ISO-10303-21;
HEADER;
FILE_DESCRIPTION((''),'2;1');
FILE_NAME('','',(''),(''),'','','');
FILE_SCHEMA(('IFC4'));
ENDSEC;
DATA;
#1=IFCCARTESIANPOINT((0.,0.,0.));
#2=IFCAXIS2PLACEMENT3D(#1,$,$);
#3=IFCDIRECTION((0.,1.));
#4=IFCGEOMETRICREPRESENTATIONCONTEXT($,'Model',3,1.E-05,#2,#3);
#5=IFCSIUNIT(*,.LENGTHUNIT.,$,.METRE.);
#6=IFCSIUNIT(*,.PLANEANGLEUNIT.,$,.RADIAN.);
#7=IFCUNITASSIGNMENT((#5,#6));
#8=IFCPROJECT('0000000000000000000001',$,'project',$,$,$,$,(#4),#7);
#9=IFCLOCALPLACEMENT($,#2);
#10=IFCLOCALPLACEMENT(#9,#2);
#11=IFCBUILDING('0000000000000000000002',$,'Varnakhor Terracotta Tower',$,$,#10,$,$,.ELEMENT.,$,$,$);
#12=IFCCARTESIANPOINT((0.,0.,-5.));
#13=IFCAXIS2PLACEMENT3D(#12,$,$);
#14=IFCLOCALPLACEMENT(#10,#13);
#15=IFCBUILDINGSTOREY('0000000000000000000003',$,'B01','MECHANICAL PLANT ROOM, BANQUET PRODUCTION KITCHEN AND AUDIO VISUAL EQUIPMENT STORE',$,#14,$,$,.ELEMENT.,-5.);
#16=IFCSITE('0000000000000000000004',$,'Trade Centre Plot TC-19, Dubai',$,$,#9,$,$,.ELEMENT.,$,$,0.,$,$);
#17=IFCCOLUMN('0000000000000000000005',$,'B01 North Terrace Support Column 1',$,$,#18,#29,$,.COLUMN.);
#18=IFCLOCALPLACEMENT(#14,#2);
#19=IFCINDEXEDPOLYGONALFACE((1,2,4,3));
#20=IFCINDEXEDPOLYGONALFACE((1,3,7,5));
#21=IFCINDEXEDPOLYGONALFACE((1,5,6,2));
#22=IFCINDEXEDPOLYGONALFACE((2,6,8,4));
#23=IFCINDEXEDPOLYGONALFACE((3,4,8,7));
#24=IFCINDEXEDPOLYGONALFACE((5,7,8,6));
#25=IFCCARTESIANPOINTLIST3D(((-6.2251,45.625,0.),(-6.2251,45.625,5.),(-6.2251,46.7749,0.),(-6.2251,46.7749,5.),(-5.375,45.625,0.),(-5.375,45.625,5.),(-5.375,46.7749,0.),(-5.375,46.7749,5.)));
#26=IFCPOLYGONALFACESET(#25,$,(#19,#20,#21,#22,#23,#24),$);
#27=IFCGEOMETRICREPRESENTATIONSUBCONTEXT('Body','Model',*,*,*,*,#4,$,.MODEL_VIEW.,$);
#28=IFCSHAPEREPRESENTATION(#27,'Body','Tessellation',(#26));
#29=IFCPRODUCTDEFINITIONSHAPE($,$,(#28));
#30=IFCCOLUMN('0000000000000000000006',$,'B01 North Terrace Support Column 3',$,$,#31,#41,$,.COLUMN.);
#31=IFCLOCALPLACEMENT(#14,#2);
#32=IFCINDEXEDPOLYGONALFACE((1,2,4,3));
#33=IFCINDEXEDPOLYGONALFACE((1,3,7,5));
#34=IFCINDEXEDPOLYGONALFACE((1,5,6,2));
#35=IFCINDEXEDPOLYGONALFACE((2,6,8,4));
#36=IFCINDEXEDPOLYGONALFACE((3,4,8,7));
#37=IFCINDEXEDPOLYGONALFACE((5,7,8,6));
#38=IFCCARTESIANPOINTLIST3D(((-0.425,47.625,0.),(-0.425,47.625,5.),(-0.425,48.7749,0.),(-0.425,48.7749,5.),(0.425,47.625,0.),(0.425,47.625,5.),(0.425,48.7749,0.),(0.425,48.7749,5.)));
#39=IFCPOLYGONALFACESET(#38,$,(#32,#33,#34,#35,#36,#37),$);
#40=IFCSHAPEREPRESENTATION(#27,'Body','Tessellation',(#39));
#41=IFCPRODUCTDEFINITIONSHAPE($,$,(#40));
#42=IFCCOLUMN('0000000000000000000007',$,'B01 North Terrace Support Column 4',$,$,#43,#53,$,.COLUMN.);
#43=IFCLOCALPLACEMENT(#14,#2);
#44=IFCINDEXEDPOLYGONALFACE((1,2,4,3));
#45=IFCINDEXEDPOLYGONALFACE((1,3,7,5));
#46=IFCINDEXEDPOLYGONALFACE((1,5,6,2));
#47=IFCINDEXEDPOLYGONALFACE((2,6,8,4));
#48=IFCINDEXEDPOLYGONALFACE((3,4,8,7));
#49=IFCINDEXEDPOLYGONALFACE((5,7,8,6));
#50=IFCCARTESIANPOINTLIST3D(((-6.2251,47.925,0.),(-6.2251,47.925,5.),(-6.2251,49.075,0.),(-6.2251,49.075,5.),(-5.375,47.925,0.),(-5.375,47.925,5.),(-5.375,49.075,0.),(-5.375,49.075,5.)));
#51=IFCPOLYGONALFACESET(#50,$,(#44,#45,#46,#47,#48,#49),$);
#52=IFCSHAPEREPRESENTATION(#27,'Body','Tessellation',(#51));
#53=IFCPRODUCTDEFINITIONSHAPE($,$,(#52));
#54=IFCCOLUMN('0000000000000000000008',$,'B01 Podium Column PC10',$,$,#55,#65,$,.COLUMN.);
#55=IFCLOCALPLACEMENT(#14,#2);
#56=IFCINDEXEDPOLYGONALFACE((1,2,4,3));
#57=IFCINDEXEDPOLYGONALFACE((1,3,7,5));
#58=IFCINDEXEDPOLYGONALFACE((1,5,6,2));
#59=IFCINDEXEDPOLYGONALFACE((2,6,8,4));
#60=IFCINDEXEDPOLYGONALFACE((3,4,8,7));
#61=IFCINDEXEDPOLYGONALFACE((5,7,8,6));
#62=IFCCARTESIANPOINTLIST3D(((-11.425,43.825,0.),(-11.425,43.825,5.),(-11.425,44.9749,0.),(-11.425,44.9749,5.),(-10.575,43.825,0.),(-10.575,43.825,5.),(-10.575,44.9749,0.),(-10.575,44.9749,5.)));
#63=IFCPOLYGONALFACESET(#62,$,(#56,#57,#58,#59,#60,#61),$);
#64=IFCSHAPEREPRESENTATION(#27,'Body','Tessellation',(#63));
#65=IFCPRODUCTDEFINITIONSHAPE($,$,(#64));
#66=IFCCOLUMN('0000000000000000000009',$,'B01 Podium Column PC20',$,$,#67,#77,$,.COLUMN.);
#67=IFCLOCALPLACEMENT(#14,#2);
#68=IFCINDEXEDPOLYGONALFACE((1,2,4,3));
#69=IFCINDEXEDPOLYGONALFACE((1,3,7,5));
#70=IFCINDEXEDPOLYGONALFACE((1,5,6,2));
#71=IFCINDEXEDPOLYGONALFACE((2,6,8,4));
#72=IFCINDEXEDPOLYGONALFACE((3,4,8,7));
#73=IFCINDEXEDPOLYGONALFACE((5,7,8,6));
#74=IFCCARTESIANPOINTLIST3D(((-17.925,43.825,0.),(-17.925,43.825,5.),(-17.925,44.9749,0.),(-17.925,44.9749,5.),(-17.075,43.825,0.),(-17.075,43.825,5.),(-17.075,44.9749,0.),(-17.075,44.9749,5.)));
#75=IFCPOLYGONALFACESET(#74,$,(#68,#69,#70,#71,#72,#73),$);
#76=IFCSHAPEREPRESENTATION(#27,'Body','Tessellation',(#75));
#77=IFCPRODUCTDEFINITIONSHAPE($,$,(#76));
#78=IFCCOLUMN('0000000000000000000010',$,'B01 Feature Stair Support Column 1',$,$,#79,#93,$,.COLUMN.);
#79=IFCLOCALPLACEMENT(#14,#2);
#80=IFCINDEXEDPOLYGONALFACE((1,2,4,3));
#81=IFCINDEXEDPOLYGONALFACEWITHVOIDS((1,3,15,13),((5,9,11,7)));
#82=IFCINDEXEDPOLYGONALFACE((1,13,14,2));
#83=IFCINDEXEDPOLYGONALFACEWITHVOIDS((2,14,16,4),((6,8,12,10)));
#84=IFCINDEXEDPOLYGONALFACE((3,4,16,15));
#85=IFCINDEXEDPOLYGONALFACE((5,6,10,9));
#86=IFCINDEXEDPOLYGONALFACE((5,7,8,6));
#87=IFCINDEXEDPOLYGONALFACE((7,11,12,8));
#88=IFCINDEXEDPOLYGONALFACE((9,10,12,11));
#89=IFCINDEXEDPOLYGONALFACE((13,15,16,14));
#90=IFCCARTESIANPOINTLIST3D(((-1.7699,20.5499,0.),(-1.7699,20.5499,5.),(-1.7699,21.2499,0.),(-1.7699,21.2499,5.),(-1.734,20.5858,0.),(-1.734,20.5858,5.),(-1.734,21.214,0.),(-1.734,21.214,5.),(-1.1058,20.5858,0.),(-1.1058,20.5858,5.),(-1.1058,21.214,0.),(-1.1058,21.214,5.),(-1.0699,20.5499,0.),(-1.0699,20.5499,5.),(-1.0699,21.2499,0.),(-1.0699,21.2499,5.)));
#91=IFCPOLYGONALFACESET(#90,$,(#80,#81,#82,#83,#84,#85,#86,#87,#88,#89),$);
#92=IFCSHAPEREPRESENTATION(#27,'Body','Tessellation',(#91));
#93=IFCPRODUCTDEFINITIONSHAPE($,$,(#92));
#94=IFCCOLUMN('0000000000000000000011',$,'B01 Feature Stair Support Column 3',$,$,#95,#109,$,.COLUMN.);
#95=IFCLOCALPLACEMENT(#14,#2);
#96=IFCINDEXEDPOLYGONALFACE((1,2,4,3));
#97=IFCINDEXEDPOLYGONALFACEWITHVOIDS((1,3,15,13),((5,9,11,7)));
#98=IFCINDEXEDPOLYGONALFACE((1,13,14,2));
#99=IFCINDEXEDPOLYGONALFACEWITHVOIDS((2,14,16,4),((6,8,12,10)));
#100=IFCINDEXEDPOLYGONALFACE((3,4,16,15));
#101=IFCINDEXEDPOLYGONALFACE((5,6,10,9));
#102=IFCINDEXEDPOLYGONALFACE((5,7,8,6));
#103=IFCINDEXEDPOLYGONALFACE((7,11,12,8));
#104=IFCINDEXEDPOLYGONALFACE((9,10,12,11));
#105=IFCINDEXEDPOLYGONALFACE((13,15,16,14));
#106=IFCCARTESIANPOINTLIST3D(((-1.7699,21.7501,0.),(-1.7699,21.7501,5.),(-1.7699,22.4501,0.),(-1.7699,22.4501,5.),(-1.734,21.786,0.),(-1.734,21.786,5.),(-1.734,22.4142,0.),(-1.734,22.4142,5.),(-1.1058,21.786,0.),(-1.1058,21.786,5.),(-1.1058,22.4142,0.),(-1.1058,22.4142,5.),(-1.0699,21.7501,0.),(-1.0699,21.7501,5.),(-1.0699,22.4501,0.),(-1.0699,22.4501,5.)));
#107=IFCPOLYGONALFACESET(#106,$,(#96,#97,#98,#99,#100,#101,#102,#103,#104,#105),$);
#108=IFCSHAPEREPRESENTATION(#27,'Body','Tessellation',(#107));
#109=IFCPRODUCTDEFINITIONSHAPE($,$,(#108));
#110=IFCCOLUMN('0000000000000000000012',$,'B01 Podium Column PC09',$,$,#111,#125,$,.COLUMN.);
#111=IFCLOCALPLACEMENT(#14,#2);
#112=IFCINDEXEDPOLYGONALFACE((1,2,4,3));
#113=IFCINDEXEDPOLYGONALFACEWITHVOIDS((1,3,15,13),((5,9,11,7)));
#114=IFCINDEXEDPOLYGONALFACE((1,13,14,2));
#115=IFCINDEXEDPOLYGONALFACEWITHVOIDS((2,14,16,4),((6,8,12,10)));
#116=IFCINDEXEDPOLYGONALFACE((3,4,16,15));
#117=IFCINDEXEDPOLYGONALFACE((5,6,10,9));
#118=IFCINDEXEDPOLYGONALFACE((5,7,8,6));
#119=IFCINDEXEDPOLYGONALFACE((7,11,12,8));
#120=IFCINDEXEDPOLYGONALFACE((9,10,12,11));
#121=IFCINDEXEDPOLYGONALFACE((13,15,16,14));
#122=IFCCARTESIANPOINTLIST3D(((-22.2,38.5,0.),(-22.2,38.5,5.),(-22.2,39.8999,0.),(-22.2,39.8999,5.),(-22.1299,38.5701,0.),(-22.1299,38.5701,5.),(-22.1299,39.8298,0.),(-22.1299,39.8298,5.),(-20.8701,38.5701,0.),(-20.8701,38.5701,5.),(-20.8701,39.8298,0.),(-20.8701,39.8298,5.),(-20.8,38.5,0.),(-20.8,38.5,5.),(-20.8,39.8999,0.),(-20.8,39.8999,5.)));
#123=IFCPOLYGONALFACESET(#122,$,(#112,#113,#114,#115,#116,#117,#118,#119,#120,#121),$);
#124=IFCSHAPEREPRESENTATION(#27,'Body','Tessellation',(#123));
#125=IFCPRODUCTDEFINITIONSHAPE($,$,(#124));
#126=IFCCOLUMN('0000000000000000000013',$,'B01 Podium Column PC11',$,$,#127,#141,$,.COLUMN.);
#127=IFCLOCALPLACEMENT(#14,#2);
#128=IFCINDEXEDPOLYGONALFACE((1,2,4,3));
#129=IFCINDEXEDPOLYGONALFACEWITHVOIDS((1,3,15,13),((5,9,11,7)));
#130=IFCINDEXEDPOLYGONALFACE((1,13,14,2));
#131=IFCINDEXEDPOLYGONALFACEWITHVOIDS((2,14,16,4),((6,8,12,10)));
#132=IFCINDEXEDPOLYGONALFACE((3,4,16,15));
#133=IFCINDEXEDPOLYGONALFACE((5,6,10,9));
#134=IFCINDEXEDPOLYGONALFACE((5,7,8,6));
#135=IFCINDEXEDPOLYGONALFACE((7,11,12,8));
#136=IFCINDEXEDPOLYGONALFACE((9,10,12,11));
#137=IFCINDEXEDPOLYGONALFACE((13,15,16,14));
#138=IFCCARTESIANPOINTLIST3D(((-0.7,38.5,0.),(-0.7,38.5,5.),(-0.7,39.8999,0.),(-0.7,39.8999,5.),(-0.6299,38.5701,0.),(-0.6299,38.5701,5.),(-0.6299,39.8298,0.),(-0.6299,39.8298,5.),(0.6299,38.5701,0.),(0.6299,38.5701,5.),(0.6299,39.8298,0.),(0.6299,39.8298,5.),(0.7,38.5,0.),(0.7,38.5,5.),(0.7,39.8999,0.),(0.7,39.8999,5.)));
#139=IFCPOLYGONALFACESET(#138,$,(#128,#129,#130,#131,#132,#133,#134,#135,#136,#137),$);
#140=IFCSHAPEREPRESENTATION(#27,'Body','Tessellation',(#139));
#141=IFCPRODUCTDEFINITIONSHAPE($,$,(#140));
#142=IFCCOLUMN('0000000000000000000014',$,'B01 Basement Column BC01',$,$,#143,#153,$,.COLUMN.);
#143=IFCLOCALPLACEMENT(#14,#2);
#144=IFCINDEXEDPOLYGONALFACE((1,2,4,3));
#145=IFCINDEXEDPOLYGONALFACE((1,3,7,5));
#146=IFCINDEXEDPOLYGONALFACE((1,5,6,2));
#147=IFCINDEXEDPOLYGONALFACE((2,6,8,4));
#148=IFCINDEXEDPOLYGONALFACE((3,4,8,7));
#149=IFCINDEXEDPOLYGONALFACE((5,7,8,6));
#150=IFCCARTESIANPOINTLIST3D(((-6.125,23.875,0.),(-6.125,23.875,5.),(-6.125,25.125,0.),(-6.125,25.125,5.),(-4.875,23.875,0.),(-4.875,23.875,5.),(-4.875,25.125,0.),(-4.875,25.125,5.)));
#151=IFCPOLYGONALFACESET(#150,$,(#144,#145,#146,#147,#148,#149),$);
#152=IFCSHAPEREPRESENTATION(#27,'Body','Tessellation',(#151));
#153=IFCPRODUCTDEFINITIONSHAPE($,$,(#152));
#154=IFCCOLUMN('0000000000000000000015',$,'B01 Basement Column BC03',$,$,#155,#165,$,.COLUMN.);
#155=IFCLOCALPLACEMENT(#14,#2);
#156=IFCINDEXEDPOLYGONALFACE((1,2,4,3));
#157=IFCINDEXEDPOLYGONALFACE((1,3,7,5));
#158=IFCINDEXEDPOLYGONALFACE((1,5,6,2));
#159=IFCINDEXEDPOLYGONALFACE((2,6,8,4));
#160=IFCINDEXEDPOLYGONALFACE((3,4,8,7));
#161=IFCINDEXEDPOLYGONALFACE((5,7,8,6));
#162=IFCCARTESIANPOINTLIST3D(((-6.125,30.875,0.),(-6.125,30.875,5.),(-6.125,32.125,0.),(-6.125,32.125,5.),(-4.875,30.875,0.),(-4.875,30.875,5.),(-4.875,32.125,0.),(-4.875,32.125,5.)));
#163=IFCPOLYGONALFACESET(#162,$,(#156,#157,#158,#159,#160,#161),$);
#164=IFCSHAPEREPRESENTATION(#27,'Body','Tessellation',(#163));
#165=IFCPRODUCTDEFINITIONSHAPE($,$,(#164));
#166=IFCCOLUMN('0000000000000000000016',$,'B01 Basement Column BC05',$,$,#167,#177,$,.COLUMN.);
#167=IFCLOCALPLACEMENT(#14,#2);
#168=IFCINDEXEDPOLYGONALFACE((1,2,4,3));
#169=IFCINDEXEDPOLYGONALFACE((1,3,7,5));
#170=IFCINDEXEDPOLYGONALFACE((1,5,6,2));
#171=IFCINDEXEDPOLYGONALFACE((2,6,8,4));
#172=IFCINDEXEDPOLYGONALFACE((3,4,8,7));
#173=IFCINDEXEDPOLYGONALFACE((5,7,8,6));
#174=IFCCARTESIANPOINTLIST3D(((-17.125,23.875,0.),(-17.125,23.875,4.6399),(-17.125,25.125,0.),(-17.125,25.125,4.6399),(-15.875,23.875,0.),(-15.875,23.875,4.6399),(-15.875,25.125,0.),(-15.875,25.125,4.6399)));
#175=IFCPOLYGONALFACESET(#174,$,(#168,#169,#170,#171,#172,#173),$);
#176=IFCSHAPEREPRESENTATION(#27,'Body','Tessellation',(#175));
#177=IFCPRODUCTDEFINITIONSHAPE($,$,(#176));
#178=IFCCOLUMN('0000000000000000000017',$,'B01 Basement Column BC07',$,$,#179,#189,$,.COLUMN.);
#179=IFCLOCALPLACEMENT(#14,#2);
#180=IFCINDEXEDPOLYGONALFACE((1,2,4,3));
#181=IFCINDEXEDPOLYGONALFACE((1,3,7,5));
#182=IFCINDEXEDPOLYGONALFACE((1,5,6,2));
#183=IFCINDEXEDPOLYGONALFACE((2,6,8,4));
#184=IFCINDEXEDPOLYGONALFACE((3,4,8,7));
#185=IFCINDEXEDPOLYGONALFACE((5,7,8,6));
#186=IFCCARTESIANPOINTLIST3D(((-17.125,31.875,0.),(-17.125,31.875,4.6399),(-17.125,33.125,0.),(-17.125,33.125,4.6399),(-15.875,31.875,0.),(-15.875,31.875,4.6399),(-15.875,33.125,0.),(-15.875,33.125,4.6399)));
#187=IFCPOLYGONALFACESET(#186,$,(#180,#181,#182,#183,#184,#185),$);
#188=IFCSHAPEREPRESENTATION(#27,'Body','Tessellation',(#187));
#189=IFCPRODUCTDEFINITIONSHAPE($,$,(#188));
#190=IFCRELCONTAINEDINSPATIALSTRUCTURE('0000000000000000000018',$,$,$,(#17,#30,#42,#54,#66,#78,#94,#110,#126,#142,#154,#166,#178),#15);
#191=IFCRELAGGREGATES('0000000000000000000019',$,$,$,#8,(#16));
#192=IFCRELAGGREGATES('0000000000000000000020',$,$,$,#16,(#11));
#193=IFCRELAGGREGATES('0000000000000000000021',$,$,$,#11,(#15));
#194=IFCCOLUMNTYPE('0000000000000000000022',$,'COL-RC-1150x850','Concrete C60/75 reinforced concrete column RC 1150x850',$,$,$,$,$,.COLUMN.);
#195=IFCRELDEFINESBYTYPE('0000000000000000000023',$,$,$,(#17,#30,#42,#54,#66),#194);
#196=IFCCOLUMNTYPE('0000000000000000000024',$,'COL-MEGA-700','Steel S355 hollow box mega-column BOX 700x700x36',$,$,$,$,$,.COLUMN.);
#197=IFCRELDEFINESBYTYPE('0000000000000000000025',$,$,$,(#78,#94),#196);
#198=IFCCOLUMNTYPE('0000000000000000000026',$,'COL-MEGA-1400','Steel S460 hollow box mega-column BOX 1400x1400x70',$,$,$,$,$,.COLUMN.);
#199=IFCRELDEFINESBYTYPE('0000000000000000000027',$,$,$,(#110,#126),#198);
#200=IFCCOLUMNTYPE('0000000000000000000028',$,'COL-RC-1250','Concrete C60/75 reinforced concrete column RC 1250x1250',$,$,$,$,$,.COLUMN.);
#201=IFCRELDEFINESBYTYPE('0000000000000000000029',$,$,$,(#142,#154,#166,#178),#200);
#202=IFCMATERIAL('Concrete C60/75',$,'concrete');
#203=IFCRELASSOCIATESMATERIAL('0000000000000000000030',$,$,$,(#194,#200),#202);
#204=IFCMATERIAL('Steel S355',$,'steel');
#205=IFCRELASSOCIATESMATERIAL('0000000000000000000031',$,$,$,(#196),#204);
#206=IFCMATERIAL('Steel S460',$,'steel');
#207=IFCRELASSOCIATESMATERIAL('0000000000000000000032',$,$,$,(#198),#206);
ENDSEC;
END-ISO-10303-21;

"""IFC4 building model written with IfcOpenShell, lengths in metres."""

from ifc_helpers import new_model, si_unit, direction, frame, origin, origin_2d, place, context, subcontext, project, spatial, rectangle, hollow_rectangle, extrude, source, transform, mapped, material, material_profile, profile_set, type_object, type_shapes, element, save


model = new_model("IFC4")

# Units and contexts
model_context = context("Model", 3, precision=1e-05, world=origin(), true_north=direction((0.0, 1.0)))
body_context = subcontext(model_context, "Body", "Model", "MODEL_VIEW")
ifc_project = project(units=[si_unit("LENGTHUNIT", "METRE"), si_unit("PLANEANGLEUNIT", "RADIAN")], contexts=[model_context])

# Site, building, storey
site_placement = place(None, origin())
site = spatial("IfcSite", under=ifc_project, at=site_placement, Name="Trade Centre Plot TC-19, Dubai", CompositionType="ELEMENT", RefElevation=0.0)
building_placement = place(site_placement, origin())
building = spatial("IfcBuilding", under=site, at=building_placement, Name="Varnakhor Terracotta Tower", CompositionType="ELEMENT")
storey_placement = place(building_placement, frame((0.0, 0.0, -5.0)))
storey = spatial("IfcBuildingStorey", under=building, at=storey_placement, Name="B01", Description="MECHANICAL PLANT ROOM, BANQUET PRODUCTION KITCHEN AND AUDIO VISUAL EQUIPMENT STORE", CompositionType="ELEMENT", Elevation=-5.0)

# Columns
ifc_material_1 = material(Name="Concrete C60/75", Category="concrete")
ifc_material_profile_1 = material_profile(ifc_material_1, rectangle(XDim=0.8501, YDim=1.1499, at=origin_2d()), Name="RC 1150x850")
ifc_profile_set_1 = profile_set([ifc_material_profile_1], Name="Concrete C60/75")
column_type_1 = type_object("IfcColumnType", Name="COL-RC-1150x850", Description="Concrete C60/75 reinforced concrete column RC 1150x850", PredefinedType="COLUMN", material=ifc_profile_set_1)
shared_shape_1 = source(origin(), body_context, "Body", "SweptSolid", [
    extrude(rectangle(XDim=0.8501, YDim=1.1499, at=origin_2d()), origin(), (0.0, 0.0, 1.0), 5.0),
])
type_shapes(column_type_1, [shared_shape_1])
for number, where, z_axis, x_axis, name in (
    (1, (-5.8, 46.2, 0.0), (0.0, 0.0, 1.0), (1.0, 0.0, 0.0), "B01 North Terrace Support Column 1"),
    (2, (0.0, 48.2, 0.0), (0.0, 0.0, 1.0), (1.0, 0.0, 0.0), "B01 North Terrace Support Column 3"),
    (3, (-5.8, 48.5, 0.0), (0.0, 0.0, 1.0), (1.0, 0.0, 0.0), "B01 North Terrace Support Column 4"),
    (4, (-11.0, 44.3999, 0.0), (0.0, 0.0, 1.0), (1.0, 0.0, 0.0), "B01 Podium Column PC10"),
    (5, (-17.5, 44.3999, 0.0), (0.0, 0.0, 1.0), (1.0, 0.0, 0.0), "B01 Podium Column PC20"),
):
    element("IfcColumn", number, at=place(storey_placement, frame(where, z_axis=z_axis, x_axis=x_axis)), inside=storey, type_object=column_type_1, Name=name, PredefinedType="COLUMN", context=body_context, shape_type="MappedRepresentation", body=[
        mapped(shared_shape_1, transform((0.0, 0.0, 0.0), scale=1.0)),
    ])
ifc_material_2 = material(Name="Steel S355", Category="steel")
ifc_material_profile_2 = material_profile(ifc_material_2, hollow_rectangle(XDim=0.7, YDim=0.7, WallThickness=0.0359, at=origin_2d()), Name="BOX 700x700x36")
ifc_profile_set_2 = profile_set([ifc_material_profile_2], Name="Steel S355")
column_type_2 = type_object("IfcColumnType", Name="COL-MEGA-700", Description="Steel S355 hollow box mega-column BOX 700x700x36", PredefinedType="COLUMN", material=ifc_profile_set_2)
shared_shape_2 = source(origin(), body_context, "Body", "SweptSolid", [
    extrude(hollow_rectangle(XDim=0.7, YDim=0.7, WallThickness=0.0359, at=origin_2d()), origin(), (0.0, 0.0, 1.0), 5.0),
])
type_shapes(column_type_2, [shared_shape_2])
for number, where, z_axis, x_axis, name in (
    (6, (-1.4199, 20.8999, 0.0), (0.0, 0.0, 1.0), (1.0, 0.0, 0.0), "B01 Feature Stair Support Column 1"),
    (7, (-1.4199, 22.1001, 0.0), (0.0, 0.0, 1.0), (1.0, 0.0, 0.0), "B01 Feature Stair Support Column 3"),
):
    element("IfcColumn", number, at=place(storey_placement, frame(where, z_axis=z_axis, x_axis=x_axis)), inside=storey, type_object=column_type_2, Name=name, PredefinedType="COLUMN", context=body_context, shape_type="MappedRepresentation", body=[
        mapped(shared_shape_2, transform((0.0, 0.0, 0.0), scale=1.0)),
    ])
ifc_material_3 = material(Name="Steel S460", Category="steel")
ifc_material_profile_3 = material_profile(ifc_material_3, hollow_rectangle(XDim=1.3999, YDim=1.3999, WallThickness=0.0701, at=origin_2d()), Name="BOX 1400x1400x70")
ifc_profile_set_3 = profile_set([ifc_material_profile_3], Name="Steel S460")
column_type_3 = type_object("IfcColumnType", Name="COL-MEGA-1400", Description="Steel S460 hollow box mega-column BOX 1400x1400x70", PredefinedType="COLUMN", material=ifc_profile_set_3)
shared_shape_3 = source(origin(), body_context, "Body", "SweptSolid", [
    extrude(hollow_rectangle(XDim=1.3999, YDim=1.3999, WallThickness=0.0701, at=origin_2d()), origin(), (0.0, 0.0, 1.0), 5.0),
])
type_shapes(column_type_3, [shared_shape_3])
for number, where, z_axis, x_axis, name in (
    (8, (-21.5, 39.2, 0.0), (0.0, 0.0, 1.0), (1.0, 0.0, 0.0), "B01 Podium Column PC09"),
    (9, (0.0, 39.2, 0.0), (0.0, 0.0, 1.0), (1.0, 0.0, 0.0), "B01 Podium Column PC11"),
):
    element("IfcColumn", number, at=place(storey_placement, frame(where, z_axis=z_axis, x_axis=x_axis)), inside=storey, type_object=column_type_3, Name=name, PredefinedType="COLUMN", context=body_context, shape_type="MappedRepresentation", body=[
        mapped(shared_shape_3, transform((0.0, 0.0, 0.0), scale=1.0)),
    ])
ifc_material_profile_4 = material_profile(ifc_material_1, rectangle(XDim=1.25, YDim=1.25, at=origin_2d()), Name="RC 1250x1250")
ifc_profile_set_4 = profile_set([ifc_material_profile_4], Name="Concrete C60/75")
column_type_4 = type_object("IfcColumnType", Name="COL-RC-1250", Description="Concrete C60/75 reinforced concrete column RC 1250x1250", PredefinedType="COLUMN", material=ifc_profile_set_4)
shared_shape_4 = source(origin(), body_context, "Body", "SweptSolid", [
    extrude(rectangle(XDim=1.25, YDim=1.25, at=origin_2d()), origin(), (0.0, 0.0, 1.0), 5.0),
])
type_shapes(column_type_4, [shared_shape_4])
for number, where, z_axis, x_axis, name in (
    (10, (-5.5, 24.5, 0.0), (0.0, 0.0, 1.0), (1.0, 0.0, 0.0), "B01 Basement Column BC01"),
    (11, (-5.5, 31.5, 0.0), (0.0, 0.0, 1.0), (1.0, 0.0, 0.0), "B01 Basement Column BC03"),
):
    element("IfcColumn", number, at=place(storey_placement, frame(where, z_axis=z_axis, x_axis=x_axis)), inside=storey, type_object=column_type_4, Name=name, PredefinedType="COLUMN", context=body_context, shape_type="MappedRepresentation", body=[
        mapped(shared_shape_4, transform((0.0, 0.0, 0.0), scale=1.0)),
    ])
shared_shape_5 = source(origin(), body_context, "Body", "SweptSolid", [
    extrude(rectangle(XDim=1.25, YDim=1.25, at=origin_2d()), origin(), (0.0, 0.0, 1.0), 4.6399),
])
for number, where, z_axis, x_axis, name in (
    (12, (-16.5, 24.5, 0.0), (0.0, 0.0, 1.0), (1.0, 0.0, 0.0), "B01 Basement Column BC05"),
    (13, (-16.5, 32.5, 0.0), (0.0, 0.0, 1.0), (1.0, 0.0, 0.0), "B01 Basement Column BC07"),
):
    element("IfcColumn", number, at=place(storey_placement, frame(where, z_axis=z_axis, x_axis=x_axis)), inside=storey, type_object=column_type_4, Name=name, PredefinedType="COLUMN", context=body_context, shape_type="MappedRepresentation", body=[
        mapped(shared_shape_5, transform((0.0, 0.0, 0.0), scale=1.0)),
    ])

save(model, "model.ifc")
